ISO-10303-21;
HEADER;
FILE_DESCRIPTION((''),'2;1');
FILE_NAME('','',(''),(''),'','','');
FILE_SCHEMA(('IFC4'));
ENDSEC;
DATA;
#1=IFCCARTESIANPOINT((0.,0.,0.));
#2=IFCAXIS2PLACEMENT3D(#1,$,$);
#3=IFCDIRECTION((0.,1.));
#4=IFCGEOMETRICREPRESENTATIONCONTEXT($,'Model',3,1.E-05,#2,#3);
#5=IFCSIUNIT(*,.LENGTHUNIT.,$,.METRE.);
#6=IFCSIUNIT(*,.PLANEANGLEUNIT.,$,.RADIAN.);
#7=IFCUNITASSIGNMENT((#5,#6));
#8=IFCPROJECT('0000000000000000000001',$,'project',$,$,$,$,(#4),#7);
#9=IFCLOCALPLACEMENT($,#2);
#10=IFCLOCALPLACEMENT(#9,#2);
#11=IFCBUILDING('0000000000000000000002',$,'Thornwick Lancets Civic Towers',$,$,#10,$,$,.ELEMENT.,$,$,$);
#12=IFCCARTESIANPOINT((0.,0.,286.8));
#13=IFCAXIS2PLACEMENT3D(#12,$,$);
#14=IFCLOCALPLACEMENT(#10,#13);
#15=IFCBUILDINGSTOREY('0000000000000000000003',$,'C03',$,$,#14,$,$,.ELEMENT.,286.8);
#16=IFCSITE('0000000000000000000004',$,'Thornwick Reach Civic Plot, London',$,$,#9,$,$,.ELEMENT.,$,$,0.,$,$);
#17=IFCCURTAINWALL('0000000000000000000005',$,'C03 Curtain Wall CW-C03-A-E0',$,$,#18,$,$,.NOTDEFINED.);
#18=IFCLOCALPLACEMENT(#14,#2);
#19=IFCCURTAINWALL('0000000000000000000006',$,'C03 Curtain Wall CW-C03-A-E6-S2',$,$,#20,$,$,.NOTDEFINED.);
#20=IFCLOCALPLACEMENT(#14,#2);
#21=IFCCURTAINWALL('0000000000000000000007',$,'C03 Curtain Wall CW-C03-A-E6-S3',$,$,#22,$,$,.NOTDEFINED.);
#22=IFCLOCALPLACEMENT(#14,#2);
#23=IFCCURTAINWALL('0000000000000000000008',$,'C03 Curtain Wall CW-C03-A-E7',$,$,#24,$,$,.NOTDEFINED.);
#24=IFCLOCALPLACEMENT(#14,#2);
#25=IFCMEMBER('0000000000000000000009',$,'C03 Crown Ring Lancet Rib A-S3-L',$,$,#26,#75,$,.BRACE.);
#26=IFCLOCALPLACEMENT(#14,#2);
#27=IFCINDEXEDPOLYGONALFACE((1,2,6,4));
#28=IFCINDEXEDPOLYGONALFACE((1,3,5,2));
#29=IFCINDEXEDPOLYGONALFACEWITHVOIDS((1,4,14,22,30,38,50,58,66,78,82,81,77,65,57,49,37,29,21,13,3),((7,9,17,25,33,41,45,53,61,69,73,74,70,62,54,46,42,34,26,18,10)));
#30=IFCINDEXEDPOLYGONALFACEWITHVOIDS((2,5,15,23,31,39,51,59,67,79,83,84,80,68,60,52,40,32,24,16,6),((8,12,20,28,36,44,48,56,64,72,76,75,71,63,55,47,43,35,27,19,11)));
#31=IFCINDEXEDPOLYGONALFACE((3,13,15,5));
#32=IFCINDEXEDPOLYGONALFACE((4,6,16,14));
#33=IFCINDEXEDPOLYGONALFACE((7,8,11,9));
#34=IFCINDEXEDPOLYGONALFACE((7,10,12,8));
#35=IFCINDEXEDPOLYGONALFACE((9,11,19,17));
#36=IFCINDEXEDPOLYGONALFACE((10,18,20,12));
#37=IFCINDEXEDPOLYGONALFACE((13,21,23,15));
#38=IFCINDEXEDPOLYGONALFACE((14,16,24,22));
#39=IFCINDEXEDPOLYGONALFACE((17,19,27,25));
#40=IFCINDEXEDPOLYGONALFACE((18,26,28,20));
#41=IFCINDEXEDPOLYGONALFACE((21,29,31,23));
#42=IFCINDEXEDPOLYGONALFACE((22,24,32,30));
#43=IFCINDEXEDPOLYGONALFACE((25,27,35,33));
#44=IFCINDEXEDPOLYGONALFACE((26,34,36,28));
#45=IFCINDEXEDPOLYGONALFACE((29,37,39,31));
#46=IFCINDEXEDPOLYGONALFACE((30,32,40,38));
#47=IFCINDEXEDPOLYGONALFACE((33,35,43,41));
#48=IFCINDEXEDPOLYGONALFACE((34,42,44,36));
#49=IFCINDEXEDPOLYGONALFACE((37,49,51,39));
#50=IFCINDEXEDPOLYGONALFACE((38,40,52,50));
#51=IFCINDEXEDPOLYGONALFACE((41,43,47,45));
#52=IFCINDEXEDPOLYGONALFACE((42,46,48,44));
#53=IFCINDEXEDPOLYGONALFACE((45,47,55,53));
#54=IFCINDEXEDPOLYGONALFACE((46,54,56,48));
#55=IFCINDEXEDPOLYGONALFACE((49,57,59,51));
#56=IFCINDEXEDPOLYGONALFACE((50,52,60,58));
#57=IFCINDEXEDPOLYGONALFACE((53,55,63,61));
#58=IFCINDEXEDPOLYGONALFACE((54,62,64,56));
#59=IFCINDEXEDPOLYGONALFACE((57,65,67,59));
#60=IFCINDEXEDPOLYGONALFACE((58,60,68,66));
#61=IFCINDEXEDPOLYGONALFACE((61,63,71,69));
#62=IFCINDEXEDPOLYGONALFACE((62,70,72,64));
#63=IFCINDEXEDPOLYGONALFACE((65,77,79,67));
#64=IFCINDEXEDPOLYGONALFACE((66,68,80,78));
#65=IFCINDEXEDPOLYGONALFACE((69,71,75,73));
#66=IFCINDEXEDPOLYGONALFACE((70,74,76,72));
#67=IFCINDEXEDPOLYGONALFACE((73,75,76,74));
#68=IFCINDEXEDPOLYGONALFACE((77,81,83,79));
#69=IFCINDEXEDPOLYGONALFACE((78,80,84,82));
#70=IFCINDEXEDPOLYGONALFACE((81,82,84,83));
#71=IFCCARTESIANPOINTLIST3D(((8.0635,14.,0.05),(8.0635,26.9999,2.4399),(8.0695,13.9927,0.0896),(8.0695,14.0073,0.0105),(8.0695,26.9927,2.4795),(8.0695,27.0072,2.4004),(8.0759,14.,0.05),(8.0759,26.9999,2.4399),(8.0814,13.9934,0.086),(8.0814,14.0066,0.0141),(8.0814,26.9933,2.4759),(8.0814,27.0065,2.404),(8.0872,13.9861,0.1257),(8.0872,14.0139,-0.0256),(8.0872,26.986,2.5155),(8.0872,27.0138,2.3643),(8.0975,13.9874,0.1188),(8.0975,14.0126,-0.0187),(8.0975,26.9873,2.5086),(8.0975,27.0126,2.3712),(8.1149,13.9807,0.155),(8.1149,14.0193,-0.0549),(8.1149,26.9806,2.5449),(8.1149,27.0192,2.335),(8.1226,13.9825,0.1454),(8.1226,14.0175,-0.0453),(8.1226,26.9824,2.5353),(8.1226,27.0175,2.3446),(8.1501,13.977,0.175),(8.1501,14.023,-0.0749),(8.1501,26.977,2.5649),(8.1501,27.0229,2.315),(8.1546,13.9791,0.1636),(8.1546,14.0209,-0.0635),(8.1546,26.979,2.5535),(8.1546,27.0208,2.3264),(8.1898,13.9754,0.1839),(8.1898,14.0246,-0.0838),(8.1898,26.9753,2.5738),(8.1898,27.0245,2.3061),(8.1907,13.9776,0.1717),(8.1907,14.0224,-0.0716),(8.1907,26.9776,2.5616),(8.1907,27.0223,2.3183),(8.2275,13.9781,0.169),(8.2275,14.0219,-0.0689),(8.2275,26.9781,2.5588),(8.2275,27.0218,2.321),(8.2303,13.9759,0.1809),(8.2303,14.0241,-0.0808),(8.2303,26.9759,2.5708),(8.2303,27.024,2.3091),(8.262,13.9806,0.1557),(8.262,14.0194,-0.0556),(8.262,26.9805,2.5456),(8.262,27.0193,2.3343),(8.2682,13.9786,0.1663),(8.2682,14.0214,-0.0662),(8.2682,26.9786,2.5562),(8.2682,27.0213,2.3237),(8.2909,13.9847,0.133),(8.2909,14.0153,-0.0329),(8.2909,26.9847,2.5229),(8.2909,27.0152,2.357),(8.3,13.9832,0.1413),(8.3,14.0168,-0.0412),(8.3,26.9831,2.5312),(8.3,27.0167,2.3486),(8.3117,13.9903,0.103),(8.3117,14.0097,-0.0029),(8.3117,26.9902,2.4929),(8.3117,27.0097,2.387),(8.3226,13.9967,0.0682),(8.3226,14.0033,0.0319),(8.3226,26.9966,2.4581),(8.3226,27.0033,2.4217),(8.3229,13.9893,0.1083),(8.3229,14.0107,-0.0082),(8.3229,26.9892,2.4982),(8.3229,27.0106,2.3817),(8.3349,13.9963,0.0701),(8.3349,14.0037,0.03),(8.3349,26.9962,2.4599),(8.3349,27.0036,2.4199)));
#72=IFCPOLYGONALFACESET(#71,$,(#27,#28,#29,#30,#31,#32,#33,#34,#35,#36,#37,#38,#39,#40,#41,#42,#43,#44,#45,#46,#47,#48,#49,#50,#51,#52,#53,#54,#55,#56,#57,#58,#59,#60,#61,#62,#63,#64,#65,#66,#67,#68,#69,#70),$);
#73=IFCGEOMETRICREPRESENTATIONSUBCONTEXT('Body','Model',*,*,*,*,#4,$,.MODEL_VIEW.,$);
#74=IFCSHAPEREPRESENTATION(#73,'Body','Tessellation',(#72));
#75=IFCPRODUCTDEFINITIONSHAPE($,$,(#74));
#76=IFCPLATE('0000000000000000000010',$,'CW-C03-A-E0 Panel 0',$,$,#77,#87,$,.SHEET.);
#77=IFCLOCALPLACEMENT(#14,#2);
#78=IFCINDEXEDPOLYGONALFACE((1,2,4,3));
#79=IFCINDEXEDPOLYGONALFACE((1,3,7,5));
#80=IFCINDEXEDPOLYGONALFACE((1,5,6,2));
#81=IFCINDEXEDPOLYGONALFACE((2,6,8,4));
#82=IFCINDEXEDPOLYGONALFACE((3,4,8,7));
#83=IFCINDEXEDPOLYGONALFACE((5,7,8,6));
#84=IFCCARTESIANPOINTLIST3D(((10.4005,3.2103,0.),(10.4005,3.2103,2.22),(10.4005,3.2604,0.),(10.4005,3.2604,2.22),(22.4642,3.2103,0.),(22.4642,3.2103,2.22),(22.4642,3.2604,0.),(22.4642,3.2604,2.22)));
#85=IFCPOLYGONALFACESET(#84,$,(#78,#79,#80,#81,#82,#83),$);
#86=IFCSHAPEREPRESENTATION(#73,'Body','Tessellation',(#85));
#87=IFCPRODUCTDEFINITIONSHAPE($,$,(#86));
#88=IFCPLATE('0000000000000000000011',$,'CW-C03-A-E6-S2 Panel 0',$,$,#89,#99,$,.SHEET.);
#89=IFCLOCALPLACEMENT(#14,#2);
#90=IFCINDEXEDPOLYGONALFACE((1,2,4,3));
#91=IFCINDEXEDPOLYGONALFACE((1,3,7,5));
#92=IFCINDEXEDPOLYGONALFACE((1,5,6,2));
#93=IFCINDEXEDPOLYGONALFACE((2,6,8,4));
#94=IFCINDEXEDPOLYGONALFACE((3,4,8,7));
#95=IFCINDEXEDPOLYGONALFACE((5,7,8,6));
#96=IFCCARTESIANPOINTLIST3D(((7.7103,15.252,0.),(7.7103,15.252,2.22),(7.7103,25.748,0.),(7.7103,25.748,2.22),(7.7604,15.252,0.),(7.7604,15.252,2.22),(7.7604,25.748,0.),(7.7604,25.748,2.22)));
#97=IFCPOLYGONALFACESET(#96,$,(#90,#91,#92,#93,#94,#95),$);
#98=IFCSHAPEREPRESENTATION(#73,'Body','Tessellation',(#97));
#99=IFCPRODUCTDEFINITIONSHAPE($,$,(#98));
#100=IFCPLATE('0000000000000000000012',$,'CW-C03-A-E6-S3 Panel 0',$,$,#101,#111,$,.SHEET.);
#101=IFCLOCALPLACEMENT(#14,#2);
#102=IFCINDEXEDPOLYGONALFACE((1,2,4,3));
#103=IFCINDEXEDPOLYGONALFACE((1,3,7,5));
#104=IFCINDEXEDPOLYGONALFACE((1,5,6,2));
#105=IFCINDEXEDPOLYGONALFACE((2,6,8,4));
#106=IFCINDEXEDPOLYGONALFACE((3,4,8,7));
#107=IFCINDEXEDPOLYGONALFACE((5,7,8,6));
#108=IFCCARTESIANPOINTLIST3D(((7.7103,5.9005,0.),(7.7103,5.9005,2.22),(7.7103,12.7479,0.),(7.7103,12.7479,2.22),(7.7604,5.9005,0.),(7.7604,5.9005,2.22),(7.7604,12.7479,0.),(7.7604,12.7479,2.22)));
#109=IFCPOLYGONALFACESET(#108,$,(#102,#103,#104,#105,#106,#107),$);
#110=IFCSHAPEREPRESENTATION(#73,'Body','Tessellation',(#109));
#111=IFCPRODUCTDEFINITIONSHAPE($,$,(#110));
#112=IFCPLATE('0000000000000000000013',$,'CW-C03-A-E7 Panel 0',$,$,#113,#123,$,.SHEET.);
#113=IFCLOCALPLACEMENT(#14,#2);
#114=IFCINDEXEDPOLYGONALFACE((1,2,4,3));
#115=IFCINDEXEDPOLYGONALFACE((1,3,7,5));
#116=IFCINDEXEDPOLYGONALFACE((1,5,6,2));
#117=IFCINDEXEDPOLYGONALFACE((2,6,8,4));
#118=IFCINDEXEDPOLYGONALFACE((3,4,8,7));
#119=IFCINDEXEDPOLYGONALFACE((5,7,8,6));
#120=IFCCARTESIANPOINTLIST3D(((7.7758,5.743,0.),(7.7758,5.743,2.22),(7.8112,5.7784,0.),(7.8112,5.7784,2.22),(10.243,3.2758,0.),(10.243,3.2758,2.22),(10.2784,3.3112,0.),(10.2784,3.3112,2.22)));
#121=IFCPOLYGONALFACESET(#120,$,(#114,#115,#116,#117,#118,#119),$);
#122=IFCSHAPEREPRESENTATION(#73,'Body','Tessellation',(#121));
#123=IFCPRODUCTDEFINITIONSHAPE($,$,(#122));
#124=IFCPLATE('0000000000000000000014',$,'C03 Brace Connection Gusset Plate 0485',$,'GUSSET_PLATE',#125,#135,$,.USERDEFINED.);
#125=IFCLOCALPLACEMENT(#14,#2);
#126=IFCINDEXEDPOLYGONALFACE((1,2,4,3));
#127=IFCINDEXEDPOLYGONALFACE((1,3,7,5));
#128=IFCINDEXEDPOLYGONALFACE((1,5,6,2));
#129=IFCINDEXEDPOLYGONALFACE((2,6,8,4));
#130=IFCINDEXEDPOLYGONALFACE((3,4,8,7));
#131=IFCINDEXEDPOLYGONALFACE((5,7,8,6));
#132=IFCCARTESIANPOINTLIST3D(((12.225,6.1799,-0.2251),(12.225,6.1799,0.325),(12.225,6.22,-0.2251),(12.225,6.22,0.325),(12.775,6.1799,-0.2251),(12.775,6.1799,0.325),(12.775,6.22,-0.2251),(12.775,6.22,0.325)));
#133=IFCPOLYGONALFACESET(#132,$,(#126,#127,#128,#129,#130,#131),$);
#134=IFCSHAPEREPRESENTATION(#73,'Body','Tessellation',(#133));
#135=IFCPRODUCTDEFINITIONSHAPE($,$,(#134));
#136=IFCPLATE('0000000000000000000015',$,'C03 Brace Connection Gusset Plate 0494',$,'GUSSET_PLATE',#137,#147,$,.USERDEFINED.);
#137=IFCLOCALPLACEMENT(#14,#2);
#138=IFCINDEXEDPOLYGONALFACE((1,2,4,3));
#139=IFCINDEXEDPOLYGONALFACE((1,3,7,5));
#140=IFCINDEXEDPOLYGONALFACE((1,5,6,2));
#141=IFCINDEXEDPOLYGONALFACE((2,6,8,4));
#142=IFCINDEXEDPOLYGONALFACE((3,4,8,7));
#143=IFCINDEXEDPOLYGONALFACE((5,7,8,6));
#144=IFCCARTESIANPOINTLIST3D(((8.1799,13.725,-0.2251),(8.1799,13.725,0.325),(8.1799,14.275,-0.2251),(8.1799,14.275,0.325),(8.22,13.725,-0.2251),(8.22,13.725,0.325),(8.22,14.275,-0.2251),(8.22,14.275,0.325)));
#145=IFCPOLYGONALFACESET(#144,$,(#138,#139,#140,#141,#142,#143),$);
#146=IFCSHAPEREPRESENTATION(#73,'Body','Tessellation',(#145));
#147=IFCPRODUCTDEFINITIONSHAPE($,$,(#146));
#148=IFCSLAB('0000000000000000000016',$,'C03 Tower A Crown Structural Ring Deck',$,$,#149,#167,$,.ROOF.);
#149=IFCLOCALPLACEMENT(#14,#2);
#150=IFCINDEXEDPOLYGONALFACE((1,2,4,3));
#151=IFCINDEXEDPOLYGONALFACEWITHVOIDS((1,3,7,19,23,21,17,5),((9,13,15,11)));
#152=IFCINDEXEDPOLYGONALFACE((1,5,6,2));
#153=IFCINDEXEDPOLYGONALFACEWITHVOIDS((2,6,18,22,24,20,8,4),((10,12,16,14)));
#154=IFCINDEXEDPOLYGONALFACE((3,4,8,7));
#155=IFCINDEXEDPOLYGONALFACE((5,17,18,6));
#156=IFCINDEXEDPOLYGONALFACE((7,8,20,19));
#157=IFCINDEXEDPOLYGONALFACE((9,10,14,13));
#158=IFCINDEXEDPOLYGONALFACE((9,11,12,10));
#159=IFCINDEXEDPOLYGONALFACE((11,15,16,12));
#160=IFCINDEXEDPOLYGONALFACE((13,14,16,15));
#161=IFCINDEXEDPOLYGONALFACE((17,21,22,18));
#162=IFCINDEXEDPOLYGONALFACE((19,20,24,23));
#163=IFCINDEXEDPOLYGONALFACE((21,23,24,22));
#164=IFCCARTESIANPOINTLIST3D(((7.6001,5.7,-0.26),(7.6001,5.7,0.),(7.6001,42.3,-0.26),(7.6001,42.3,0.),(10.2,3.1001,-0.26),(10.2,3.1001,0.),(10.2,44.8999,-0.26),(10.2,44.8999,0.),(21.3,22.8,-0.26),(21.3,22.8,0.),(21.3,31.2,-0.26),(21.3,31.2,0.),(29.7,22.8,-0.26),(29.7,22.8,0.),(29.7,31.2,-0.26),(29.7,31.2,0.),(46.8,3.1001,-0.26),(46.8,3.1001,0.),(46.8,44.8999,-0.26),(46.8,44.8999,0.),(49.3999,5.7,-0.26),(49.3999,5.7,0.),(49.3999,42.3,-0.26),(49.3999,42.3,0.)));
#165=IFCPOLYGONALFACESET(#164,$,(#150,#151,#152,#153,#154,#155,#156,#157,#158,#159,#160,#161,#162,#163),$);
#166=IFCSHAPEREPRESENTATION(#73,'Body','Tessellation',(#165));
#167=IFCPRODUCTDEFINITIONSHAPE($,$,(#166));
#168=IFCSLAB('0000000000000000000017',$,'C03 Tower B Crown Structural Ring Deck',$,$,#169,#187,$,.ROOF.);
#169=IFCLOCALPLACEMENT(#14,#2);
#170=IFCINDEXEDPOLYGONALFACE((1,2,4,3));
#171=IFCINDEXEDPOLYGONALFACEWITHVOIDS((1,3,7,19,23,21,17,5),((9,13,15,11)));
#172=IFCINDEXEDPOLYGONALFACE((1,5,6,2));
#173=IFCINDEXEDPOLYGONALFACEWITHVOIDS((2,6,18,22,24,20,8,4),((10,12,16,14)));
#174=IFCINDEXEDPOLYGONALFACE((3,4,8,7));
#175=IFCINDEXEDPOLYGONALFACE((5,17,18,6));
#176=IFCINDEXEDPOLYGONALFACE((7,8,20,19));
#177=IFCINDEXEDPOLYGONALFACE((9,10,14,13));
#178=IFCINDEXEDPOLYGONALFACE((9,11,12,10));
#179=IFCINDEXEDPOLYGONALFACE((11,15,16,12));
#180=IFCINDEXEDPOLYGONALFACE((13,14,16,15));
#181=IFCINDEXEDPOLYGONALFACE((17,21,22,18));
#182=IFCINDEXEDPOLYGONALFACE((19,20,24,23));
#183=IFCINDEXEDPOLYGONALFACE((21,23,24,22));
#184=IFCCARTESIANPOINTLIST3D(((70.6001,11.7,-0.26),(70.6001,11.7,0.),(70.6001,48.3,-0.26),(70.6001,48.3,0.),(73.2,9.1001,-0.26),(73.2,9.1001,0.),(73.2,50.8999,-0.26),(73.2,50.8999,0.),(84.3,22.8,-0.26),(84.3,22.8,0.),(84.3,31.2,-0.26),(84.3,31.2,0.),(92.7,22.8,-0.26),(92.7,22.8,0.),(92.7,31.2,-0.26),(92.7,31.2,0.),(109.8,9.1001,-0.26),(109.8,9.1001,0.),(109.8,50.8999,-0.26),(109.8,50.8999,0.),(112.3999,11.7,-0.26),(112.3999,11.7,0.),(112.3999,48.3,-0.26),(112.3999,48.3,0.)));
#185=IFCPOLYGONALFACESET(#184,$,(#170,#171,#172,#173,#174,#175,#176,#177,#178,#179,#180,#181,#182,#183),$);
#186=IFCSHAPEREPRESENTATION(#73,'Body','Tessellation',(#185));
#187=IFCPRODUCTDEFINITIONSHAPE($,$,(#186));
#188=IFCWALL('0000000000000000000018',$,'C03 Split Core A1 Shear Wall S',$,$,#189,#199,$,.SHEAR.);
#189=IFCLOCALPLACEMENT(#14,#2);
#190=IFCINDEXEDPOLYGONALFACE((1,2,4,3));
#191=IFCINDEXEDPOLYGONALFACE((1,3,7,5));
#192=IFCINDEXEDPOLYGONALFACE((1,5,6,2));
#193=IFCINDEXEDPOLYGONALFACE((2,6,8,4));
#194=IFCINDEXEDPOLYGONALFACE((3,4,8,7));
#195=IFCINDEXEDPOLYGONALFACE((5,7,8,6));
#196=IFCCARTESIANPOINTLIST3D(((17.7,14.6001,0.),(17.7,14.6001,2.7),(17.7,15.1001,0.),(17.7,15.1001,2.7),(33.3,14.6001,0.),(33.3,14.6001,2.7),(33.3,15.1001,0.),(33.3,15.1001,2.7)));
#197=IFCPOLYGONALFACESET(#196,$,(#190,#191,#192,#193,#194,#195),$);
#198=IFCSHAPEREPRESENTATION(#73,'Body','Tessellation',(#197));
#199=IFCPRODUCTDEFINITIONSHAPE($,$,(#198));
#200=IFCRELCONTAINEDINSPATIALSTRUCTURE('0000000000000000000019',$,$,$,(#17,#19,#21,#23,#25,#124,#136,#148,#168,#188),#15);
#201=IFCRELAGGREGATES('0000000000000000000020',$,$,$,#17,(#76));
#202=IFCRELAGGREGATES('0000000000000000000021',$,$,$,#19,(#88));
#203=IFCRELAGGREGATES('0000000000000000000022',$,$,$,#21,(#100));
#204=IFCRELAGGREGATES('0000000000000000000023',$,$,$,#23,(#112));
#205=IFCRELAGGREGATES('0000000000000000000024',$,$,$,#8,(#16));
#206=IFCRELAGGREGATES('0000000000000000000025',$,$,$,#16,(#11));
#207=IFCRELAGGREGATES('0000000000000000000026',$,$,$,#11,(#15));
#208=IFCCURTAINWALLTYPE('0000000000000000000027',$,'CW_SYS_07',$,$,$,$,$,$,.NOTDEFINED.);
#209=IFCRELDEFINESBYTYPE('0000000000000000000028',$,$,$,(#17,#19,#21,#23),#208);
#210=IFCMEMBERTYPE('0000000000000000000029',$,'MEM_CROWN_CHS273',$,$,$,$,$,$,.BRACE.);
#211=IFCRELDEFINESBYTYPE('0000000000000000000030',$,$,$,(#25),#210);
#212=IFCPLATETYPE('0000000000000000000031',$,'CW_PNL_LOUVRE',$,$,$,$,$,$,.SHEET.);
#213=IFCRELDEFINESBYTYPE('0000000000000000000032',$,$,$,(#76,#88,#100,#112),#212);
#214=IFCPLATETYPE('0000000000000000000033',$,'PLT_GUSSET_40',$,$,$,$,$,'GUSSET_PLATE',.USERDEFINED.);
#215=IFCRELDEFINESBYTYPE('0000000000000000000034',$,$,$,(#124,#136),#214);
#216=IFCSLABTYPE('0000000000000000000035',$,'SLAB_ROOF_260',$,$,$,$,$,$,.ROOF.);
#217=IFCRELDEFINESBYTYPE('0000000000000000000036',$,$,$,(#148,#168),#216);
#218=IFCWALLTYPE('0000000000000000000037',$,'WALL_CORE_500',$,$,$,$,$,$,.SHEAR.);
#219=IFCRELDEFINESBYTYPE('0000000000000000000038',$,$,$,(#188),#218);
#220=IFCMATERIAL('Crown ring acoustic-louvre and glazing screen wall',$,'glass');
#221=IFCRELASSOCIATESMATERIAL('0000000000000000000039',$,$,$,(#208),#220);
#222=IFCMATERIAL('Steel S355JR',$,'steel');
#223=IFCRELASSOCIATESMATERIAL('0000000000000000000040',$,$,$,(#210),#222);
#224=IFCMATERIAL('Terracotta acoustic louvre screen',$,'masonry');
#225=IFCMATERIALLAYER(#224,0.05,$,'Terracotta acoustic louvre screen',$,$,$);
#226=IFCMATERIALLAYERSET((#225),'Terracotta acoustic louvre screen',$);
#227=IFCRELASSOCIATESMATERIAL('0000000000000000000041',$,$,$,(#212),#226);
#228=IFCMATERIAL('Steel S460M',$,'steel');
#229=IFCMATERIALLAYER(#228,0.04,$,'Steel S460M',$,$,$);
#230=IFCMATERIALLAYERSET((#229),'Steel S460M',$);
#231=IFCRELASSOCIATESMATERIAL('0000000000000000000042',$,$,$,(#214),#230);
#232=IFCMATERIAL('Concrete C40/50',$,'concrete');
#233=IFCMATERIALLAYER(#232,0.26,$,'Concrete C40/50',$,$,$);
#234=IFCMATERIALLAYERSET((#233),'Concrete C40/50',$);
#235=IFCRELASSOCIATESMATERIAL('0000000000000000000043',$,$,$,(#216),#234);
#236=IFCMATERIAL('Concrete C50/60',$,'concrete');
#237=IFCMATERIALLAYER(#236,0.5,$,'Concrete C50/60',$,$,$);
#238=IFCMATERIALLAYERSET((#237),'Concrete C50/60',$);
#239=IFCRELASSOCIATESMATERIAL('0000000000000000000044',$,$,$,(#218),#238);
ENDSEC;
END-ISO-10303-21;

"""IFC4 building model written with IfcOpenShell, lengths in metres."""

from ifc_helpers import new_model, si_unit, direction, frame, frame_2d, origin, origin_2d, place, context, subcontext, project, spatial, polyline, rectangle, hollow_circle, outline, extrude, material, layer, layer_set, material_profile, profile_set, type_object, element, aggregate, save


model = new_model("IFC4")

# Units and contexts
model_context = context("Model", 3, precision=1e-05, world=origin(), true_north=direction((0.0, 1.0)))
body_context = subcontext(model_context, "Body", "Model", "MODEL_VIEW")
ifc_project = project(units=[si_unit("LENGTHUNIT", "METRE"), si_unit("PLANEANGLEUNIT", "RADIAN")], contexts=[model_context])

# Site, building, storey
site_placement = place(None, origin())
site = spatial("IfcSite", under=ifc_project, at=site_placement, Name="Thornwick Reach Civic Plot, London", CompositionType="ELEMENT", RefElevation=0.0)
building_placement = place(site_placement, origin())
building = spatial("IfcBuilding", under=site, at=building_placement, Name="Thornwick Lancets Civic Towers", CompositionType="ELEMENT")
storey_placement = place(building_placement, frame((0.0, 0.0, 286.8)))
storey = spatial("IfcBuildingStorey", under=building, at=storey_placement, Name="C03", CompositionType="ELEMENT", Elevation=286.8)

# Shared definitions
ifc_material_1 = material(Name="Steel S355JR", Category="steel")

# Curtain wall
ifc_material_2 = material(Name="Crown ring acoustic-louvre and glazing screen wall", Category="glass")
curtain_wall_type = type_object("IfcCurtainWallType", Name="CW_SYS_07", PredefinedType="NOTDEFINED", material=ifc_material_2)
curtain_wall_1_placement = place(storey_placement, origin())
curtain_wall_1 = element("IfcCurtainWall", 1, at=curtain_wall_1_placement, inside=storey, type_object=curtain_wall_type, Name="C03 Curtain Wall CW-C03-A-E0", PredefinedType="NOTDEFINED")

# Curtain wall
curtain_wall_2_placement = place(storey_placement, origin())
curtain_wall_2 = element("IfcCurtainWall", 2, at=curtain_wall_2_placement, inside=storey, type_object=curtain_wall_type, Name="C03 Curtain Wall CW-C03-A-E6-S2", PredefinedType="NOTDEFINED")

# Curtain walls
curtain_wall_3_placement = place(storey_placement, origin())
curtain_wall_3 = element("IfcCurtainWall", 3, at=curtain_wall_3_placement, inside=storey, type_object=curtain_wall_type, Name="C03 Curtain Wall CW-C03-A-E6-S3", PredefinedType="NOTDEFINED")
curtain_wall_4_placement = place(storey_placement, origin())
curtain_wall_4 = element("IfcCurtainWall", 4, at=curtain_wall_4_placement, inside=storey, type_object=curtain_wall_type, Name="C03 Curtain Wall CW-C03-A-E7", PredefinedType="NOTDEFINED")

# Member
ifc_material_profile_1 = material_profile(ifc_material_1, hollow_circle(Radius=0.1365, WallThickness=0.0125, at=origin_2d()), Name="CHS 273x12.5")
ifc_profile_set_1 = profile_set([ifc_material_profile_1], Name="Steel S355JR")
member_type_1 = type_object("IfcMemberType", Name="MEM_CROWN_CHS273", PredefinedType="BRACE", material=ifc_profile_set_1)
for number, where, z_axis, x_axis, name in (
    (5, (8.2, 14.0, 0.05), (0.0, 0.983518, 0.180808), (-1.0, 0.0, 0.0), "C03 Crown Ring Lancet Rib A-S3-L"),
):
    element("IfcMember", number, at=place(storey_placement, frame(where, z_axis=z_axis, x_axis=x_axis)), inside=storey, type_object=member_type_1, Name=name, PredefinedType="BRACE", context=body_context, shape_type="SweptSolid", body=[
        extrude(hollow_circle(Radius=0.1365, WallThickness=0.0125, at=origin_2d()), origin(), (0.0, 0.0, 1.0), 13.2178),
    ])

# Plates
ifc_material_3 = material(Name="Terracotta acoustic louvre screen", Category="masonry")
ifc_layer_1 = layer(ifc_material_3, 0.05, Name="Terracotta acoustic louvre screen")
ifc_layer_set_1 = layer_set([ifc_layer_1], Name="Terracotta acoustic louvre screen")
plate_type_1 = type_object("IfcPlateType", Name="CW_PNL_LOUVRE", PredefinedType="SHEET", material=ifc_layer_set_1)
plate_1_placement = place(storey_placement, frame((16.4324, 3.2354, 0.0), z_axis=(0.0, 0.0, 1.0), x_axis=(1.0, 0.0, 0.0)))
plate_1 = element("IfcPlate", 6, at=plate_1_placement, type_object=plate_type_1, Name="CW-C03-A-E0 Panel 0", PredefinedType="SHEET", context=body_context, shape_type="SweptSolid", body=[
    extrude(rectangle(XDim=12.0637, YDim=0.05, at=origin_2d()), origin(), (0.0, 0.0, 1.0), 2.22),
])
aggregate(curtain_wall_1, [plate_1])
plate_2_placement = place(storey_placement, frame((7.7354, 20.5, 0.0), z_axis=(0.0, 0.0, 1.0), x_axis=(0.0, -1.0, 0.0)))
plate_2 = element("IfcPlate", 7, at=plate_2_placement, type_object=plate_type_1, Name="CW-C03-A-E6-S2 Panel 0", PredefinedType="SHEET", context=body_context, shape_type="SweptSolid", body=[
    extrude(rectangle(XDim=10.4961, YDim=0.05, at=origin_2d()), origin(), (0.0, 0.0, 1.0), 2.22),
])
aggregate(curtain_wall_2, [plate_2])
plate_3_placement = place(storey_placement, frame((7.7354, 9.3242, 0.0), z_axis=(0.0, 0.0, 1.0), x_axis=(0.0, -1.0, 0.0)))
plate_3 = element("IfcPlate", 8, at=plate_3_placement, type_object=plate_type_1, Name="CW-C03-A-E6-S3 Panel 0", PredefinedType="SHEET", context=body_context, shape_type="SweptSolid", body=[
    extrude(rectangle(XDim=6.8474, YDim=0.05, at=origin_2d()), origin(), (0.0, 0.0, 1.0), 2.22),
])
aggregate(curtain_wall_3, [plate_3])
plate_4_placement = place(storey_placement, frame((9.0271, 4.5271, 0.0), z_axis=(0.0, 0.0, 1.0), x_axis=(0.707107, -0.707107, 0.0)))
plate_4 = element("IfcPlate", 9, at=plate_4_placement, type_object=plate_type_1, Name="CW-C03-A-E7 Panel 0", PredefinedType="SHEET", context=body_context, shape_type="SweptSolid", body=[
    extrude(rectangle(XDim=3.4893, YDim=0.05, at=origin_2d()), origin(), (0.0, 0.0, 1.0), 2.22),
])
aggregate(curtain_wall_4, [plate_4])

# Plates
ifc_material_4 = material(Name="Steel S460M", Category="steel")
ifc_layer_2 = layer(ifc_material_4, 0.04, Name="Steel S460M")
ifc_layer_set_2 = layer_set([ifc_layer_2], Name="Steel S460M")
plate_type_2 = type_object("IfcPlateType", Name="PLT_GUSSET_40", ElementType="GUSSET_PLATE", PredefinedType="USERDEFINED", material=ifc_layer_set_2)
for number, where, z_axis, x_axis, name in (
    (10, (12.5, 6.2, -0.2251), (0.0, 0.0, 1.0), (1.0, 0.0, 0.0), "C03 Brace Connection Gusset Plate 0485"),
    (11, (8.2, 14.0, -0.2251), (0.0, 0.0, 1.0), (0.0, 1.0, 0.0), "C03 Brace Connection Gusset Plate 0494"),
):
    element("IfcPlate", number, at=place(storey_placement, frame(where, z_axis=z_axis, x_axis=x_axis)), inside=storey, type_object=plate_type_2, Name=name, ObjectType="GUSSET_PLATE", PredefinedType="USERDEFINED", context=body_context, shape_type="SweptSolid", body=[
        extrude(rectangle(XDim=0.55, YDim=0.04, at=origin_2d()), origin(), (0.0, 0.0, 1.0), 0.55),
    ])

# Slabs
ifc_material_5 = material(Name="Concrete C40/50", Category="concrete")
ifc_layer_3 = layer(ifc_material_5, 0.26, Name="Concrete C40/50")
ifc_layer_set_3 = layer_set([ifc_layer_3], Name="Concrete C40/50")
slab_type = type_object("IfcSlabType", Name="SLAB_ROOF_260", PredefinedType="ROOF", material=ifc_layer_set_3)
slab_1_placement = place(storey_placement, frame((0.0, 0.0, -0.26)))
element("IfcSlab", 12, at=slab_1_placement, inside=storey, type_object=slab_type, Name="C03 Tower A Crown Structural Ring Deck", PredefinedType="ROOF", context=body_context, shape_type="SweptSolid", body=[
    extrude(outline(polyline([(10.2, 3.1001), (46.8, 3.1001), (49.3999, 5.7), (49.3999, 42.3), (46.8, 44.8999), (10.2, 44.8999), (7.6001, 42.3), (7.6001, 5.7), (10.2, 3.1001)]), holes=[polyline([(21.3, 22.8), (29.7, 22.8), (29.7, 31.2), (21.3, 31.2), (21.3, 22.8)])]), origin(), (0.0, 0.0, 1.0), 0.26),
])
slab_2_placement = place(storey_placement, frame((0.0, 0.0, -0.26)))
element("IfcSlab", 13, at=slab_2_placement, inside=storey, type_object=slab_type, Name="C03 Tower B Crown Structural Ring Deck", PredefinedType="ROOF", context=body_context, shape_type="SweptSolid", body=[
    extrude(outline(polyline([(73.2, 9.1001), (109.8, 9.1001), (112.3999, 11.7), (112.3999, 48.3), (109.8, 50.8999), (73.2, 50.8999), (70.6001, 48.3), (70.6001, 11.7), (73.2, 9.1001)]), holes=[polyline([(84.3, 22.8), (92.7, 22.8), (92.7, 31.2), (84.3, 31.2), (84.3, 22.8)])]), origin(), (0.0, 0.0, 1.0), 0.26),
])

# Wall
ifc_material_6 = material(Name="Concrete C50/60", Category="concrete")
ifc_layer_4 = layer(ifc_material_6, 0.5, Name="Concrete C50/60")
ifc_layer_set_4 = layer_set([ifc_layer_4], Name="Concrete C50/60")
wall_type = type_object("IfcWallType", Name="WALL_CORE_500", PredefinedType="SHEAR", material=ifc_layer_set_4)
wall_placement = place(storey_placement, frame((17.7, 14.8501, 0.0), z_axis=(0.0, 0.0, 1.0), x_axis=(1.0, 0.0, 0.0)))
element("IfcWall", 14, at=wall_placement, inside=storey, type_object=wall_type, Name="C03 Split Core A1 Shear Wall S", PredefinedType="SHEAR", context=body_context, shape_type="SweptSolid", body=[
    extrude(rectangle(XDim=15.6001, YDim=0.5, at=frame_2d((7.8, 0.0))), origin(), (0.0, 0.0, 1.0), 2.7),
])

save(model, "model.ifc")
